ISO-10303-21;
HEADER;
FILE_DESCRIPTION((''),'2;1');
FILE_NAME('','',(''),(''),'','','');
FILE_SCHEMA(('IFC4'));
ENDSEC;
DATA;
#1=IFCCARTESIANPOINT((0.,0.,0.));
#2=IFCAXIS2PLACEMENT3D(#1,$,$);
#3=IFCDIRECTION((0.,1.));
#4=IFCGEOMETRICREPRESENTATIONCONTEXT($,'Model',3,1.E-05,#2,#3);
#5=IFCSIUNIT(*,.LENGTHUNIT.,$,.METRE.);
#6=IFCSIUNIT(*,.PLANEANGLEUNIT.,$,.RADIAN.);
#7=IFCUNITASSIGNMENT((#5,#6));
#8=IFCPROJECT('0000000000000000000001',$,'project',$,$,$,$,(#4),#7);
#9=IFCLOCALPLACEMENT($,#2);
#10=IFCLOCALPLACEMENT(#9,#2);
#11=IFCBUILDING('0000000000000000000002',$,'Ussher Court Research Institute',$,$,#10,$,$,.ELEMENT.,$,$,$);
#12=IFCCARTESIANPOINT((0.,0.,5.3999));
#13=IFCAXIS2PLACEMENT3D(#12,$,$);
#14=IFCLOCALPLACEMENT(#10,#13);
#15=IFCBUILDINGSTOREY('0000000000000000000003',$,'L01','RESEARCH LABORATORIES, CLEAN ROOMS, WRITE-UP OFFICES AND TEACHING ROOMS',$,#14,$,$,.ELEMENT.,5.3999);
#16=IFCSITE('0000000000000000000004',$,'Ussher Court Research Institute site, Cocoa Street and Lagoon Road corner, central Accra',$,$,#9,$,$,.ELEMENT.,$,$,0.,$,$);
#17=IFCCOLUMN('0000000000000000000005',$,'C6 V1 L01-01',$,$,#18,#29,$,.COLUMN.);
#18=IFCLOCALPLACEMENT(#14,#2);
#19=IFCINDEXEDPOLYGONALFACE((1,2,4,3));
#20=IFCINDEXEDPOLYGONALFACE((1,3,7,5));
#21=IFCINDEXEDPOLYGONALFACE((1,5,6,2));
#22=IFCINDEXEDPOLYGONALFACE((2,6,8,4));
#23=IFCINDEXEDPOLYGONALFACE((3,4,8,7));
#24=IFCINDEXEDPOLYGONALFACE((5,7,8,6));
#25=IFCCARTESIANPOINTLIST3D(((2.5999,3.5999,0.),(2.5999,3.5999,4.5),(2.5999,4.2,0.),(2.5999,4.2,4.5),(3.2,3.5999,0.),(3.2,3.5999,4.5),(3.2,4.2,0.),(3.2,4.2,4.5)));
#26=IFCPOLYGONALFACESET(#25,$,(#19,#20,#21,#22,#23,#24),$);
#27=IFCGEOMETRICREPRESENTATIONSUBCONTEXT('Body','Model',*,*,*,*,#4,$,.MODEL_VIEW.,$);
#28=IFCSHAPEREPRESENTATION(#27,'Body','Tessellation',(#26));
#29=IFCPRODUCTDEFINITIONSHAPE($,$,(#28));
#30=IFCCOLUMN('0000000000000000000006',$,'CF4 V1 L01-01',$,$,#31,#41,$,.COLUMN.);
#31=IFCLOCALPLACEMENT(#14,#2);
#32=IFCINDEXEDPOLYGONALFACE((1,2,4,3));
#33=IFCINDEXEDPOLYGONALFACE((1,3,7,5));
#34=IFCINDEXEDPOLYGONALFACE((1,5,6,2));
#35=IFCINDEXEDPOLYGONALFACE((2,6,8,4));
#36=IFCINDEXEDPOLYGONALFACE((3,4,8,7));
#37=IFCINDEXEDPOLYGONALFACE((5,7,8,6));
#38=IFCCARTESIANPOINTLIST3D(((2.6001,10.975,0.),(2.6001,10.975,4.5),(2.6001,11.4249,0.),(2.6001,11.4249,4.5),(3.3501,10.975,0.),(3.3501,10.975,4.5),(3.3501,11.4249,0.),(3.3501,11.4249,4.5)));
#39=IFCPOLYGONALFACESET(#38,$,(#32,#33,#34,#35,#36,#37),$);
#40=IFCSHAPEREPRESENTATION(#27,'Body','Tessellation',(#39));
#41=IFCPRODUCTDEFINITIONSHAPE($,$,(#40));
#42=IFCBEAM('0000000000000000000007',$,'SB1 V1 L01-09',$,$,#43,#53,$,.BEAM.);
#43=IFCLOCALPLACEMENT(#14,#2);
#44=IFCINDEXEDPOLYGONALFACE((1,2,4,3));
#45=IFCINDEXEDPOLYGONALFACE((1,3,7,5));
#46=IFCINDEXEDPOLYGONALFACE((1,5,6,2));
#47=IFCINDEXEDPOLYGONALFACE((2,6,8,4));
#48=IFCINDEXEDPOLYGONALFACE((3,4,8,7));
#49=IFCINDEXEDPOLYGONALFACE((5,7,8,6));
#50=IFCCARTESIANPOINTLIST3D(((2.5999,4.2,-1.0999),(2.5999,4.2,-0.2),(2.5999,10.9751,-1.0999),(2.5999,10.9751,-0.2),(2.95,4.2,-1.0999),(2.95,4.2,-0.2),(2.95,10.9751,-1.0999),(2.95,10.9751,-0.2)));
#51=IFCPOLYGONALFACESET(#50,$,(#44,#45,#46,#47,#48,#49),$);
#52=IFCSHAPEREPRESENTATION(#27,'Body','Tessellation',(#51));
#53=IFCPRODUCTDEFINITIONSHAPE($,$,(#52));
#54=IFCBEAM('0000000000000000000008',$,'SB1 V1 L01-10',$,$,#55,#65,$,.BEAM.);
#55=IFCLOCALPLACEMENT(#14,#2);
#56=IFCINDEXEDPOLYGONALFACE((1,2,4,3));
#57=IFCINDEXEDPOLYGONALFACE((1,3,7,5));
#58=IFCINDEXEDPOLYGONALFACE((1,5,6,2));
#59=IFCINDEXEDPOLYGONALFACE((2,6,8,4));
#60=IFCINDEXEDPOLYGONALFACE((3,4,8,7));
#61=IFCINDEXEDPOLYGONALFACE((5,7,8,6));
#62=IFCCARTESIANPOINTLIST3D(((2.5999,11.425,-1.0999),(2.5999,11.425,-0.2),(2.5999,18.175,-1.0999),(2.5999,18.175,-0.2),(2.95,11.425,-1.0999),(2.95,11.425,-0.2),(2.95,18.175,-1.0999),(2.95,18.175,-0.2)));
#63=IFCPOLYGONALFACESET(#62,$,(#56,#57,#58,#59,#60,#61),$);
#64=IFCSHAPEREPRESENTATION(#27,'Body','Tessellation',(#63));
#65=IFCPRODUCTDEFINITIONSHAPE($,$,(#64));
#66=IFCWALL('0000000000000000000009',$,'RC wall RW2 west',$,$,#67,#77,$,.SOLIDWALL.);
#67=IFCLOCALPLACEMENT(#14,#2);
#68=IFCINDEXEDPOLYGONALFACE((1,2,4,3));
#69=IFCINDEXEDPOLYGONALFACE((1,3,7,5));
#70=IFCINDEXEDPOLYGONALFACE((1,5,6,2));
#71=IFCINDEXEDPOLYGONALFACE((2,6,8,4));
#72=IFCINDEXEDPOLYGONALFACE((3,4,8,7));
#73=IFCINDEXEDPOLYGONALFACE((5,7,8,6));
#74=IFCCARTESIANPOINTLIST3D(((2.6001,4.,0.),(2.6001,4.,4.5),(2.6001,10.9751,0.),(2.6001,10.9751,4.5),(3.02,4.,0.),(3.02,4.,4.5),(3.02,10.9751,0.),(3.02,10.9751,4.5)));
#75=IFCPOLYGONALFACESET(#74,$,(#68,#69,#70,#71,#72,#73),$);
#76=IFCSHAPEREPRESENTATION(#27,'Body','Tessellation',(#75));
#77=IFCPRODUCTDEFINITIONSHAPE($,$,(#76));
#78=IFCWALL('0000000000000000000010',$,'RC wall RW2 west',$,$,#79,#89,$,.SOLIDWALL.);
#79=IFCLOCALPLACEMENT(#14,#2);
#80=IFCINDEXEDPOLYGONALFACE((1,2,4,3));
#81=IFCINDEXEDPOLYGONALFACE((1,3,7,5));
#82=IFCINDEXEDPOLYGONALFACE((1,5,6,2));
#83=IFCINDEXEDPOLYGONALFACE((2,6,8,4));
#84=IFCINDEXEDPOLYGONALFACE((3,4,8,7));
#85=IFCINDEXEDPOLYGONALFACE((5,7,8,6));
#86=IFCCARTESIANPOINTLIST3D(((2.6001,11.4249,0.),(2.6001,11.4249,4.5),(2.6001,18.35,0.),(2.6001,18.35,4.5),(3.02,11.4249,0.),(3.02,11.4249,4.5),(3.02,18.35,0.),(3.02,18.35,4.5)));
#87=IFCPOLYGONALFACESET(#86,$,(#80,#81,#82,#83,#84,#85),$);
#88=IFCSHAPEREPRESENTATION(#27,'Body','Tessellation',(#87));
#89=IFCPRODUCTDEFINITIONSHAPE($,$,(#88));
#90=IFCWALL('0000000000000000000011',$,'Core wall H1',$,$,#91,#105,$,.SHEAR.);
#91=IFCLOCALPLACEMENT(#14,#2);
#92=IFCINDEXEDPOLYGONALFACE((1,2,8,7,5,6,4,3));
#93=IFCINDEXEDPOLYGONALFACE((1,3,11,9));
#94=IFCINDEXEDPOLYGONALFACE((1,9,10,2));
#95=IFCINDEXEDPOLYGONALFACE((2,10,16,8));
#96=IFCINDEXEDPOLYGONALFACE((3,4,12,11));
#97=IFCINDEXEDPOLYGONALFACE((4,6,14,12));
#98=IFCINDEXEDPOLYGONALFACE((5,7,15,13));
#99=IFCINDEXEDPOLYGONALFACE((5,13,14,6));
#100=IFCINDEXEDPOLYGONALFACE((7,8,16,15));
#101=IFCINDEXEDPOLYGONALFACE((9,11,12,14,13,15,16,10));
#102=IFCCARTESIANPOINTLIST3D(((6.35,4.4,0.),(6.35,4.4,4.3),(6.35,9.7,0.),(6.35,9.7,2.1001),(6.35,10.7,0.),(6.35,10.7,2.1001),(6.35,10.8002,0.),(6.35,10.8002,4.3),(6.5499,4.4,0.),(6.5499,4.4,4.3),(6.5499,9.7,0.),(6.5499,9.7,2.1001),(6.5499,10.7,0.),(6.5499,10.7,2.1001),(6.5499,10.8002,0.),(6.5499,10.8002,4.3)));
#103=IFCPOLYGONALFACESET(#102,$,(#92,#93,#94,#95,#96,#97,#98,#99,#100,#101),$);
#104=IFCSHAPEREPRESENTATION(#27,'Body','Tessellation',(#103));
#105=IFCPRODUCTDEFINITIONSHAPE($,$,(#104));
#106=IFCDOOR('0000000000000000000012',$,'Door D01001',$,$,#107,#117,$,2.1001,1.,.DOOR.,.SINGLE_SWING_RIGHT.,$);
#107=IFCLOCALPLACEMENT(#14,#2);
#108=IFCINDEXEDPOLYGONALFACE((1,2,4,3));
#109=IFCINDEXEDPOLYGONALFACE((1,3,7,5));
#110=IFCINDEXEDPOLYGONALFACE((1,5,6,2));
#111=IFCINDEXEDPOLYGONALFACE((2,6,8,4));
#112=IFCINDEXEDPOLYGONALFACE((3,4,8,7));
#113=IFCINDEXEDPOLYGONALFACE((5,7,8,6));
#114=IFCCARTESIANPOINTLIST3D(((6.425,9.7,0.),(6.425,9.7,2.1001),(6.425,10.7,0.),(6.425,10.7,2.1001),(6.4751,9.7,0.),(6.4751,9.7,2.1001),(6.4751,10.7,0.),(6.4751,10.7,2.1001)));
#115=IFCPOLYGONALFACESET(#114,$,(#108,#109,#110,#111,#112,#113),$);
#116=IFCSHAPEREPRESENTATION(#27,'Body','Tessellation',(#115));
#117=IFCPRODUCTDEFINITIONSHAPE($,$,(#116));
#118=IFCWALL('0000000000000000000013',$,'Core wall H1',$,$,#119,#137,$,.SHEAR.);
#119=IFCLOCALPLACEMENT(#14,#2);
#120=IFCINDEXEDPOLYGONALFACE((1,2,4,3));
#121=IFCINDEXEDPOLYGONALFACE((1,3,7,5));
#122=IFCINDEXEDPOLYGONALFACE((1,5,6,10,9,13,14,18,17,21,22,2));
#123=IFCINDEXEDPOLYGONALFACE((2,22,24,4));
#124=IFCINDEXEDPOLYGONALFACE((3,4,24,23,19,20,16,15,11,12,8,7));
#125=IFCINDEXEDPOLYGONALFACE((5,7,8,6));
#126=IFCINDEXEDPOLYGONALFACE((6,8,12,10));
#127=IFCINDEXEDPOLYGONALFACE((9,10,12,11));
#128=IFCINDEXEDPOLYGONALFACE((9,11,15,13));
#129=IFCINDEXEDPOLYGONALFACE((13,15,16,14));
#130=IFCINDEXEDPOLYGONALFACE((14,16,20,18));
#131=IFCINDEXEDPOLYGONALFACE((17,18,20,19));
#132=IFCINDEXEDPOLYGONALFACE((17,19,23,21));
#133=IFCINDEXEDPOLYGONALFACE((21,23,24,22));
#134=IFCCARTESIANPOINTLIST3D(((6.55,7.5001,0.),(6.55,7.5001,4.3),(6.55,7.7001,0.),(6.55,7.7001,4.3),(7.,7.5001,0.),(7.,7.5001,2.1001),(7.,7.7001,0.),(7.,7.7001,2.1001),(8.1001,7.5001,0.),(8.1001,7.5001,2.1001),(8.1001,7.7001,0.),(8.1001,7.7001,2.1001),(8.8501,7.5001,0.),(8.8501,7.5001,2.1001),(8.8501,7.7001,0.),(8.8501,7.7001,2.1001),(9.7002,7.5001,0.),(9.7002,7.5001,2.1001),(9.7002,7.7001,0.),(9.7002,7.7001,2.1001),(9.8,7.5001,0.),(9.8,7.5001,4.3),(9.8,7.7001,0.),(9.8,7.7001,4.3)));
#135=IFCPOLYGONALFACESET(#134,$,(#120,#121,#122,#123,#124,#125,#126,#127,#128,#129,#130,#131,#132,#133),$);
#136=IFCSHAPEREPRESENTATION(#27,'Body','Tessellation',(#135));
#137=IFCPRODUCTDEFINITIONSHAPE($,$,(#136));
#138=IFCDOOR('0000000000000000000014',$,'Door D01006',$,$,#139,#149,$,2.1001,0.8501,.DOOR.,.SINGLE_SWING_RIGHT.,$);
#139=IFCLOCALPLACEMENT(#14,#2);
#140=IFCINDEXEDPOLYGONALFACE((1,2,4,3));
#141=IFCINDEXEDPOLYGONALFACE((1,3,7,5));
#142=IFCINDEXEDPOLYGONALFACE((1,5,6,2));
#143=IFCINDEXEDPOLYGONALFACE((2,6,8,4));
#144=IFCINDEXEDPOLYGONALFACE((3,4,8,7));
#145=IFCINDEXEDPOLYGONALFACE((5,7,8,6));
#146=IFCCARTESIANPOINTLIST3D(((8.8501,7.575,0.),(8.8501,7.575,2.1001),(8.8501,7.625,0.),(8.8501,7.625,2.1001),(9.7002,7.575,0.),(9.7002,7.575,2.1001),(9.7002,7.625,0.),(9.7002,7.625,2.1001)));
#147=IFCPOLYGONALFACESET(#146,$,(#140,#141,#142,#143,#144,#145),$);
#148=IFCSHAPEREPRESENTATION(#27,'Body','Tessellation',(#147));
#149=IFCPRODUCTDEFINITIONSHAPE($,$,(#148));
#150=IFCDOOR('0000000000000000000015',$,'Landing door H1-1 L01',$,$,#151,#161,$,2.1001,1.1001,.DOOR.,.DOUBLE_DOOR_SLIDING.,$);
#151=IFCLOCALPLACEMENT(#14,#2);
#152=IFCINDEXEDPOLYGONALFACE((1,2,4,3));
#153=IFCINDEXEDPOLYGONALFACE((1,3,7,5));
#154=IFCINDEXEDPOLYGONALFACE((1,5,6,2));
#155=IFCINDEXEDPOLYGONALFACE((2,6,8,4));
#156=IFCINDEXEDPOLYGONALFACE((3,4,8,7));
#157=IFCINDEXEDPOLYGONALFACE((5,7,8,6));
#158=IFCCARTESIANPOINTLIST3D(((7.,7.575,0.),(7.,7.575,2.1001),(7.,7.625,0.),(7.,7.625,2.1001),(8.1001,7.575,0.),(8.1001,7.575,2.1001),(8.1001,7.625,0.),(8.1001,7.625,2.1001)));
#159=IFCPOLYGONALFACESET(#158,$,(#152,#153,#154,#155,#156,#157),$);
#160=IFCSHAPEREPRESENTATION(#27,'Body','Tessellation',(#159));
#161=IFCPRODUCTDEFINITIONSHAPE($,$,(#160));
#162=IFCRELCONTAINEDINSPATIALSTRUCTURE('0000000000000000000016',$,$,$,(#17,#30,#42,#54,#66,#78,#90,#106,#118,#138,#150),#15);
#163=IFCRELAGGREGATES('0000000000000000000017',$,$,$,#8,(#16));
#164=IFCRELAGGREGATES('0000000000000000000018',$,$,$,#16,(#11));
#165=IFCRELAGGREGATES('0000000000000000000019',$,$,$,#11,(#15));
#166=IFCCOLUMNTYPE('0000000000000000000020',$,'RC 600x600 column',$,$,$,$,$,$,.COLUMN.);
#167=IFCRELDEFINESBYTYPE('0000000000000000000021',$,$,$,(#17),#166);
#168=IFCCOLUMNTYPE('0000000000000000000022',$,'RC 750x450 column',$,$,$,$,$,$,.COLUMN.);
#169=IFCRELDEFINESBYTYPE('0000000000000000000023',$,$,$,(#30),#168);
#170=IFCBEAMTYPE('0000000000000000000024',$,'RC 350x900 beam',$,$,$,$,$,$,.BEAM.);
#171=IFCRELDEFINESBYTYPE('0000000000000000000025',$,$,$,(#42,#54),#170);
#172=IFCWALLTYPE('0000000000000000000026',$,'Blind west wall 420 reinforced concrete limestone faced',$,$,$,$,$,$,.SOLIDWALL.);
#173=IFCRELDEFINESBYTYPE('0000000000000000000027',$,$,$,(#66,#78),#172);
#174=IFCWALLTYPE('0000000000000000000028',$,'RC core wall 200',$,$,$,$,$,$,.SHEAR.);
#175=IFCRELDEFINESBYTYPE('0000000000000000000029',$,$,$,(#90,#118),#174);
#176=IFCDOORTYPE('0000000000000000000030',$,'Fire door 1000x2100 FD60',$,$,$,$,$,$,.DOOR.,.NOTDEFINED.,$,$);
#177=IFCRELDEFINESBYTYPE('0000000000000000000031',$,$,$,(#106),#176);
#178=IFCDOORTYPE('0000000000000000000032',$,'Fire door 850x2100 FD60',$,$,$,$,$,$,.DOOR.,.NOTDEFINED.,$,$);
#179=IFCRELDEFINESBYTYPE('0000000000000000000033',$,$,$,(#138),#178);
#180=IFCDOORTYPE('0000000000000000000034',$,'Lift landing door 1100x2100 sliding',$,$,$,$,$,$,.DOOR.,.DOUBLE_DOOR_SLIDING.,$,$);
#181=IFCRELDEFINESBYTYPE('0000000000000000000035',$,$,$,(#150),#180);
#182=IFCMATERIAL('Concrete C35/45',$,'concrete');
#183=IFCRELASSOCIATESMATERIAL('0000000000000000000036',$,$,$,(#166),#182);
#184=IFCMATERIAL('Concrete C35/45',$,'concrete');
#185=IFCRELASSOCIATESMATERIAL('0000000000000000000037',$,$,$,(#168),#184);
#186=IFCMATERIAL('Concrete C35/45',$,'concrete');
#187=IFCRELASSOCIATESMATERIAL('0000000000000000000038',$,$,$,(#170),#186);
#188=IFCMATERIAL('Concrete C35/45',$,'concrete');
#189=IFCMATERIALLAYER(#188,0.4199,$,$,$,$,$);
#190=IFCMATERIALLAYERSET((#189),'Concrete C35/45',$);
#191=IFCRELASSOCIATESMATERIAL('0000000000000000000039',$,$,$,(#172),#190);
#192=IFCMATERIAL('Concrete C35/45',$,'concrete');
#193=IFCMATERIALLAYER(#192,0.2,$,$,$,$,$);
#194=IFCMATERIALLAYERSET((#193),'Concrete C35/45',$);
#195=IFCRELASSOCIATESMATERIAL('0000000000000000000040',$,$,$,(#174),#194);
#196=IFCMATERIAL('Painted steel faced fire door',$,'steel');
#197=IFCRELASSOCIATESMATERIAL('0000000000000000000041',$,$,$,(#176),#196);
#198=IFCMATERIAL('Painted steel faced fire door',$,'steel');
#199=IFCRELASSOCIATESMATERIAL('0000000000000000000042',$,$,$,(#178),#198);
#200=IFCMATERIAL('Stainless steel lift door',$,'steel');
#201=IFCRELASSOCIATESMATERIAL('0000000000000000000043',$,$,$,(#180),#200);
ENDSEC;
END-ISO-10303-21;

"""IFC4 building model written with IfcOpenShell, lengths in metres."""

from ifc_helpers import new_model, si_unit, direction, frame, frame_2d, origin, origin_2d, place, context, subcontext, project, spatial, rectangle, extrude, material, layer, layer_set, material_profile, profile_set, type_object, element, fill, save


model = new_model("IFC4")

# Units and contexts
model_context = context("Model", 3, precision=1e-05, world=origin(), true_north=direction((0.0, 1.0)))
body_context = subcontext(model_context, "Body", "Model", "MODEL_VIEW")
ifc_project = project(units=[si_unit("LENGTHUNIT", "METRE"), si_unit("PLANEANGLEUNIT", "RADIAN")], contexts=[model_context])

# Site, building, storey
site_placement = place(None, origin())
site = spatial("IfcSite", under=ifc_project, at=site_placement, Name="Ussher Court Research Institute site, Cocoa Street and Lagoon Road corner, central Accra", CompositionType="ELEMENT", RefElevation=0.0)
building_placement = place(site_placement, origin())
building = spatial("IfcBuilding", under=site, at=building_placement, Name="Ussher Court Research Institute", CompositionType="ELEMENT")
storey_placement = place(building_placement, frame((0.0, 0.0, 5.3999)))
storey = spatial("IfcBuildingStorey", under=building, at=storey_placement, Name="L01", Description="RESEARCH LABORATORIES, CLEAN ROOMS, WRITE-UP OFFICES AND TEACHING ROOMS", CompositionType="ELEMENT", Elevation=5.3999)

# Columns
ifc_material_1 = material(Name="Concrete C35/45", Category="concrete")
ifc_material_profile_1 = material_profile(ifc_material_1, rectangle(XDim=0.6001, YDim=0.6001, at=origin_2d()), Name="RC 600x600")
ifc_profile_set_1 = profile_set([ifc_material_profile_1], Name="Concrete C35/45")
column_type_1 = type_object("IfcColumnType", Name="RC 600x600 column", PredefinedType="COLUMN", material=ifc_profile_set_1)
column_1_placement = place(storey_placement, frame((2.8999, 3.8999, 0.0), z_axis=(0.0, 0.0, 1.0), x_axis=(1.0, 0.0, 0.0)))
element("IfcColumn", 1, at=column_1_placement, inside=storey, type_object=column_type_1, Name="C6 V1 L01-01", PredefinedType="COLUMN", context=body_context, shape_type="SweptSolid", body=[
    extrude(rectangle(XDim=0.6001, YDim=0.6001, at=origin_2d()), origin(), (0.0, 0.0, 1.0), 4.5),
])
ifc_material_2 = material(Name="Concrete C35/45", Category="concrete")
ifc_material_profile_2 = material_profile(ifc_material_2, rectangle(XDim=0.75, YDim=0.45, at=origin_2d()), Name="RC 750x450")
ifc_profile_set_2 = profile_set([ifc_material_profile_2], Name="Concrete C35/45")
column_type_2 = type_object("IfcColumnType", Name="RC 750x450 column", PredefinedType="COLUMN", material=ifc_profile_set_2)
column_2_placement = place(storey_placement, frame((2.9751, 11.2, 0.0), z_axis=(0.0, 0.0, 1.0), x_axis=(1.0, 0.0, 0.0)))
element("IfcColumn", 2, at=column_2_placement, inside=storey, type_object=column_type_2, Name="CF4 V1 L01-01", PredefinedType="COLUMN", context=body_context, shape_type="SweptSolid", body=[
    extrude(rectangle(XDim=0.75, YDim=0.45, at=origin_2d()), origin(), (0.0, 0.0, 1.0), 4.5),
])

# Beams
ifc_material_3 = material(Name="Concrete C35/45", Category="concrete")
ifc_material_profile_3 = material_profile(ifc_material_3, rectangle(XDim=0.3501, YDim=0.8999, at=origin_2d()), Name="RC 350x900")
ifc_profile_set_3 = profile_set([ifc_material_profile_3], Name="Concrete C35/45")
beam_type = type_object("IfcBeamType", Name="RC 350x900 beam", PredefinedType="BEAM", material=ifc_profile_set_3)
beam_1_placement = place(storey_placement, frame((2.7749, 4.2, -0.6499), z_axis=(0.0, 1.0, 0.0), x_axis=(-1.0, 0.0, 0.0)))
element("IfcBeam", 3, at=beam_1_placement, inside=storey, type_object=beam_type, Name="SB1 V1 L01-09", PredefinedType="BEAM", context=body_context, shape_type="SweptSolid", body=[
    extrude(rectangle(XDim=0.3501, YDim=0.8999, at=origin_2d()), origin(), (0.0, 0.0, 1.0), 6.7751),
])
beam_2_placement = place(storey_placement, frame((2.7749, 11.425, -0.6499), z_axis=(0.0, 1.0, 0.0), x_axis=(-1.0, 0.0, 0.0)))
element("IfcBeam", 4, at=beam_2_placement, inside=storey, type_object=beam_type, Name="SB1 V1 L01-10", PredefinedType="BEAM", context=body_context, shape_type="SweptSolid", body=[
    extrude(rectangle(XDim=0.3501, YDim=0.8999, at=origin_2d()), origin(), (0.0, 0.0, 1.0), 6.75),
])

# Walls
ifc_material_4 = material(Name="Concrete C35/45", Category="concrete")
ifc_layer_1 = layer(ifc_material_4, 0.4199)
ifc_layer_set_1 = layer_set([ifc_layer_1], Name="Concrete C35/45")
wall_type_1 = type_object("IfcWallType", Name="Blind west wall 420 reinforced concrete limestone faced", PredefinedType="SOLIDWALL", material=ifc_layer_set_1)
wall_1_placement = place(storey_placement, frame((2.8101, 4.0, 0.0), z_axis=(0.0, 0.0, 1.0), x_axis=(0.0, 1.0, 0.0)))
element("IfcWall", 5, at=wall_1_placement, inside=storey, type_object=wall_type_1, Name="RC wall RW2 west", PredefinedType="SOLIDWALL", context=body_context, shape_type="SweptSolid", body=[
    extrude(rectangle(XDim=6.9751, YDim=0.4199, at=frame_2d((3.4875, 0.0))), origin(), (0.0, 0.0, 1.0), 4.5),
])
wall_2_placement = place(storey_placement, frame((2.8101, 11.425, 0.0), z_axis=(0.0, 0.0, 1.0), x_axis=(0.0, 1.0, 0.0)))
element("IfcWall", 6, at=wall_2_placement, inside=storey, type_object=wall_type_1, Name="RC wall RW2 west", PredefinedType="SOLIDWALL", context=body_context, shape_type="SweptSolid", body=[
    extrude(rectangle(XDim=6.925, YDim=0.4199, at=frame_2d((3.4624, 0.0))), origin(), (0.0, 0.0, 1.0), 4.5),
])

# Wall, opening, door
ifc_material_5 = material(Name="Concrete C35/45", Category="concrete")
ifc_layer_2 = layer(ifc_material_5, 0.2)
ifc_layer_set_2 = layer_set([ifc_layer_2], Name="Concrete C35/45")
wall_type_2 = type_object("IfcWallType", Name="RC core wall 200", PredefinedType="SHEAR", material=ifc_layer_set_2)
wall_3_placement = place(storey_placement, frame((6.45, 4.3999, 0.0), z_axis=(0.0, 0.0, 1.0), x_axis=(0.0, 1.0, 0.0)))
wall_3 = element("IfcWall", 7, at=wall_3_placement, inside=storey, type_object=wall_type_2, Name="Core wall H1", PredefinedType="SHEAR", context=body_context, shape_type="SweptSolid", body=[
    extrude(rectangle(XDim=6.4001, YDim=0.2, at=frame_2d((3.2002, 0.0))), origin(), (0.0, 0.0, 1.0), 4.3),
])
opening_1_placement = place(wall_3_placement, frame((5.3, 0.0, 0.0)))
opening_1 = element("IfcOpeningElement", 8, at=opening_1_placement, cuts=wall_3, PredefinedType="OPENING", context=body_context, shape_type="SweptSolid", body=[
    extrude(rectangle(XDim=1.0, YDim=2.1001, at=frame_2d((0.5, 1.05))), frame((0.0, 0.1099, 0.0), z_axis=(0.0, -1.0, 0.0), x_axis=(1.0, 0.0, 0.0)), (0.0, 0.0, 1.0), 0.22),
])
ifc_material_6 = material(Name="Painted steel faced fire door", Category="steel")
door_type_1 = type_object("IfcDoorType", Name="Fire door 1000x2100 FD60", OperationType="NOTDEFINED", PredefinedType="DOOR", material=ifc_material_6)
door_1_placement = place(opening_1_placement, origin())
door_1 = element("IfcDoor", 9, at=door_1_placement, inside=storey, type_object=door_type_1, Name="Door D01001", OperationType="SINGLE_SWING_RIGHT", OverallHeight=2.1001, OverallWidth=1.0, PredefinedType="DOOR", context=body_context, shape_type="SweptSolid", body=[
    extrude(rectangle(XDim=1.0, YDim=2.1001, at=frame_2d((0.5, 1.05))), frame((0.0, 0.0249, 0.0), z_axis=(0.0, -1.0, 0.0), x_axis=(1.0, 0.0, 0.0)), (0.0, 0.0, 1.0), 0.05),
])
fill(opening_1, door_1)

# Wall, openings, doors
wall_4_placement = place(storey_placement, frame((6.55, 7.6001, 0.0), z_axis=(0.0, 0.0, 1.0), x_axis=(1.0, 0.0, 0.0)))
wall_4 = element("IfcWall", 10, at=wall_4_placement, inside=storey, type_object=wall_type_2, Name="Core wall H1", PredefinedType="SHEAR", context=body_context, shape_type="SweptSolid", body=[
    extrude(rectangle(XDim=3.25, YDim=0.2, at=frame_2d((1.625, 0.0))), origin(), (0.0, 0.0, 1.0), 4.3),
])
opening_2_placement = place(wall_4_placement, frame((0.45, 0.0, 0.0)))
opening_2 = element("IfcOpeningElement", 11, at=opening_2_placement, cuts=wall_4, PredefinedType="OPENING", context=body_context, shape_type="SweptSolid", body=[
    extrude(rectangle(XDim=1.1001, YDim=2.1001, at=frame_2d((0.55, 1.05))), frame((0.0, 0.1099, 0.0), z_axis=(0.0, -1.0, 0.0), x_axis=(1.0, 0.0, 0.0)), (0.0, 0.0, 1.0), 0.22),
])
opening_3_placement = place(wall_4_placement, frame((2.3, 0.0, 0.0)))
opening_3 = element("IfcOpeningElement", 12, at=opening_3_placement, cuts=wall_4, PredefinedType="OPENING", context=body_context, shape_type="SweptSolid", body=[
    extrude(rectangle(XDim=0.8501, YDim=2.1001, at=frame_2d((0.425, 1.05))), frame((0.0, 0.1099, 0.0), z_axis=(0.0, -1.0, 0.0), x_axis=(1.0, 0.0, 0.0)), (0.0, 0.0, 1.0), 0.22),
])
ifc_material_7 = material(Name="Painted steel faced fire door", Category="steel")
door_type_2 = type_object("IfcDoorType", Name="Fire door 850x2100 FD60", OperationType="NOTDEFINED", PredefinedType="DOOR", material=ifc_material_7)
door_2_placement = place(opening_3_placement, origin())
door_2 = element("IfcDoor", 13, at=door_2_placement, inside=storey, type_object=door_type_2, Name="Door D01006", OperationType="SINGLE_SWING_RIGHT", OverallHeight=2.1001, OverallWidth=0.8501, PredefinedType="DOOR", context=body_context, shape_type="SweptSolid", body=[
    extrude(rectangle(XDim=0.8501, YDim=2.1001, at=frame_2d((0.425, 1.05))), frame((0.0, 0.0249, 0.0), z_axis=(0.0, -1.0, 0.0), x_axis=(1.0, 0.0, 0.0)), (0.0, 0.0, 1.0), 0.05),
])
fill(opening_3, door_2)
ifc_material_8 = material(Name="Stainless steel lift door", Category="steel")
door_type_3 = type_object("IfcDoorType", Name="Lift landing door 1100x2100 sliding", OperationType="DOUBLE_DOOR_SLIDING", PredefinedType="DOOR", material=ifc_material_8)
door_3_placement = place(opening_2_placement, origin())
door_3 = element("IfcDoor", 14, at=door_3_placement, inside=storey, type_object=door_type_3, Name="Landing door H1-1 L01", OperationType="DOUBLE_DOOR_SLIDING", OverallHeight=2.1001, OverallWidth=1.1001, PredefinedType="DOOR", context=body_context, shape_type="SweptSolid", body=[
    extrude(rectangle(XDim=1.1001, YDim=2.1001, at=frame_2d((0.55, 1.05))), frame((0.0, 0.0249, 0.0), z_axis=(0.0, -1.0, 0.0), x_axis=(1.0, 0.0, 0.0)), (0.0, 0.0, 1.0), 0.05),
])
fill(opening_2, door_3)

save(model, "model.ifc")
